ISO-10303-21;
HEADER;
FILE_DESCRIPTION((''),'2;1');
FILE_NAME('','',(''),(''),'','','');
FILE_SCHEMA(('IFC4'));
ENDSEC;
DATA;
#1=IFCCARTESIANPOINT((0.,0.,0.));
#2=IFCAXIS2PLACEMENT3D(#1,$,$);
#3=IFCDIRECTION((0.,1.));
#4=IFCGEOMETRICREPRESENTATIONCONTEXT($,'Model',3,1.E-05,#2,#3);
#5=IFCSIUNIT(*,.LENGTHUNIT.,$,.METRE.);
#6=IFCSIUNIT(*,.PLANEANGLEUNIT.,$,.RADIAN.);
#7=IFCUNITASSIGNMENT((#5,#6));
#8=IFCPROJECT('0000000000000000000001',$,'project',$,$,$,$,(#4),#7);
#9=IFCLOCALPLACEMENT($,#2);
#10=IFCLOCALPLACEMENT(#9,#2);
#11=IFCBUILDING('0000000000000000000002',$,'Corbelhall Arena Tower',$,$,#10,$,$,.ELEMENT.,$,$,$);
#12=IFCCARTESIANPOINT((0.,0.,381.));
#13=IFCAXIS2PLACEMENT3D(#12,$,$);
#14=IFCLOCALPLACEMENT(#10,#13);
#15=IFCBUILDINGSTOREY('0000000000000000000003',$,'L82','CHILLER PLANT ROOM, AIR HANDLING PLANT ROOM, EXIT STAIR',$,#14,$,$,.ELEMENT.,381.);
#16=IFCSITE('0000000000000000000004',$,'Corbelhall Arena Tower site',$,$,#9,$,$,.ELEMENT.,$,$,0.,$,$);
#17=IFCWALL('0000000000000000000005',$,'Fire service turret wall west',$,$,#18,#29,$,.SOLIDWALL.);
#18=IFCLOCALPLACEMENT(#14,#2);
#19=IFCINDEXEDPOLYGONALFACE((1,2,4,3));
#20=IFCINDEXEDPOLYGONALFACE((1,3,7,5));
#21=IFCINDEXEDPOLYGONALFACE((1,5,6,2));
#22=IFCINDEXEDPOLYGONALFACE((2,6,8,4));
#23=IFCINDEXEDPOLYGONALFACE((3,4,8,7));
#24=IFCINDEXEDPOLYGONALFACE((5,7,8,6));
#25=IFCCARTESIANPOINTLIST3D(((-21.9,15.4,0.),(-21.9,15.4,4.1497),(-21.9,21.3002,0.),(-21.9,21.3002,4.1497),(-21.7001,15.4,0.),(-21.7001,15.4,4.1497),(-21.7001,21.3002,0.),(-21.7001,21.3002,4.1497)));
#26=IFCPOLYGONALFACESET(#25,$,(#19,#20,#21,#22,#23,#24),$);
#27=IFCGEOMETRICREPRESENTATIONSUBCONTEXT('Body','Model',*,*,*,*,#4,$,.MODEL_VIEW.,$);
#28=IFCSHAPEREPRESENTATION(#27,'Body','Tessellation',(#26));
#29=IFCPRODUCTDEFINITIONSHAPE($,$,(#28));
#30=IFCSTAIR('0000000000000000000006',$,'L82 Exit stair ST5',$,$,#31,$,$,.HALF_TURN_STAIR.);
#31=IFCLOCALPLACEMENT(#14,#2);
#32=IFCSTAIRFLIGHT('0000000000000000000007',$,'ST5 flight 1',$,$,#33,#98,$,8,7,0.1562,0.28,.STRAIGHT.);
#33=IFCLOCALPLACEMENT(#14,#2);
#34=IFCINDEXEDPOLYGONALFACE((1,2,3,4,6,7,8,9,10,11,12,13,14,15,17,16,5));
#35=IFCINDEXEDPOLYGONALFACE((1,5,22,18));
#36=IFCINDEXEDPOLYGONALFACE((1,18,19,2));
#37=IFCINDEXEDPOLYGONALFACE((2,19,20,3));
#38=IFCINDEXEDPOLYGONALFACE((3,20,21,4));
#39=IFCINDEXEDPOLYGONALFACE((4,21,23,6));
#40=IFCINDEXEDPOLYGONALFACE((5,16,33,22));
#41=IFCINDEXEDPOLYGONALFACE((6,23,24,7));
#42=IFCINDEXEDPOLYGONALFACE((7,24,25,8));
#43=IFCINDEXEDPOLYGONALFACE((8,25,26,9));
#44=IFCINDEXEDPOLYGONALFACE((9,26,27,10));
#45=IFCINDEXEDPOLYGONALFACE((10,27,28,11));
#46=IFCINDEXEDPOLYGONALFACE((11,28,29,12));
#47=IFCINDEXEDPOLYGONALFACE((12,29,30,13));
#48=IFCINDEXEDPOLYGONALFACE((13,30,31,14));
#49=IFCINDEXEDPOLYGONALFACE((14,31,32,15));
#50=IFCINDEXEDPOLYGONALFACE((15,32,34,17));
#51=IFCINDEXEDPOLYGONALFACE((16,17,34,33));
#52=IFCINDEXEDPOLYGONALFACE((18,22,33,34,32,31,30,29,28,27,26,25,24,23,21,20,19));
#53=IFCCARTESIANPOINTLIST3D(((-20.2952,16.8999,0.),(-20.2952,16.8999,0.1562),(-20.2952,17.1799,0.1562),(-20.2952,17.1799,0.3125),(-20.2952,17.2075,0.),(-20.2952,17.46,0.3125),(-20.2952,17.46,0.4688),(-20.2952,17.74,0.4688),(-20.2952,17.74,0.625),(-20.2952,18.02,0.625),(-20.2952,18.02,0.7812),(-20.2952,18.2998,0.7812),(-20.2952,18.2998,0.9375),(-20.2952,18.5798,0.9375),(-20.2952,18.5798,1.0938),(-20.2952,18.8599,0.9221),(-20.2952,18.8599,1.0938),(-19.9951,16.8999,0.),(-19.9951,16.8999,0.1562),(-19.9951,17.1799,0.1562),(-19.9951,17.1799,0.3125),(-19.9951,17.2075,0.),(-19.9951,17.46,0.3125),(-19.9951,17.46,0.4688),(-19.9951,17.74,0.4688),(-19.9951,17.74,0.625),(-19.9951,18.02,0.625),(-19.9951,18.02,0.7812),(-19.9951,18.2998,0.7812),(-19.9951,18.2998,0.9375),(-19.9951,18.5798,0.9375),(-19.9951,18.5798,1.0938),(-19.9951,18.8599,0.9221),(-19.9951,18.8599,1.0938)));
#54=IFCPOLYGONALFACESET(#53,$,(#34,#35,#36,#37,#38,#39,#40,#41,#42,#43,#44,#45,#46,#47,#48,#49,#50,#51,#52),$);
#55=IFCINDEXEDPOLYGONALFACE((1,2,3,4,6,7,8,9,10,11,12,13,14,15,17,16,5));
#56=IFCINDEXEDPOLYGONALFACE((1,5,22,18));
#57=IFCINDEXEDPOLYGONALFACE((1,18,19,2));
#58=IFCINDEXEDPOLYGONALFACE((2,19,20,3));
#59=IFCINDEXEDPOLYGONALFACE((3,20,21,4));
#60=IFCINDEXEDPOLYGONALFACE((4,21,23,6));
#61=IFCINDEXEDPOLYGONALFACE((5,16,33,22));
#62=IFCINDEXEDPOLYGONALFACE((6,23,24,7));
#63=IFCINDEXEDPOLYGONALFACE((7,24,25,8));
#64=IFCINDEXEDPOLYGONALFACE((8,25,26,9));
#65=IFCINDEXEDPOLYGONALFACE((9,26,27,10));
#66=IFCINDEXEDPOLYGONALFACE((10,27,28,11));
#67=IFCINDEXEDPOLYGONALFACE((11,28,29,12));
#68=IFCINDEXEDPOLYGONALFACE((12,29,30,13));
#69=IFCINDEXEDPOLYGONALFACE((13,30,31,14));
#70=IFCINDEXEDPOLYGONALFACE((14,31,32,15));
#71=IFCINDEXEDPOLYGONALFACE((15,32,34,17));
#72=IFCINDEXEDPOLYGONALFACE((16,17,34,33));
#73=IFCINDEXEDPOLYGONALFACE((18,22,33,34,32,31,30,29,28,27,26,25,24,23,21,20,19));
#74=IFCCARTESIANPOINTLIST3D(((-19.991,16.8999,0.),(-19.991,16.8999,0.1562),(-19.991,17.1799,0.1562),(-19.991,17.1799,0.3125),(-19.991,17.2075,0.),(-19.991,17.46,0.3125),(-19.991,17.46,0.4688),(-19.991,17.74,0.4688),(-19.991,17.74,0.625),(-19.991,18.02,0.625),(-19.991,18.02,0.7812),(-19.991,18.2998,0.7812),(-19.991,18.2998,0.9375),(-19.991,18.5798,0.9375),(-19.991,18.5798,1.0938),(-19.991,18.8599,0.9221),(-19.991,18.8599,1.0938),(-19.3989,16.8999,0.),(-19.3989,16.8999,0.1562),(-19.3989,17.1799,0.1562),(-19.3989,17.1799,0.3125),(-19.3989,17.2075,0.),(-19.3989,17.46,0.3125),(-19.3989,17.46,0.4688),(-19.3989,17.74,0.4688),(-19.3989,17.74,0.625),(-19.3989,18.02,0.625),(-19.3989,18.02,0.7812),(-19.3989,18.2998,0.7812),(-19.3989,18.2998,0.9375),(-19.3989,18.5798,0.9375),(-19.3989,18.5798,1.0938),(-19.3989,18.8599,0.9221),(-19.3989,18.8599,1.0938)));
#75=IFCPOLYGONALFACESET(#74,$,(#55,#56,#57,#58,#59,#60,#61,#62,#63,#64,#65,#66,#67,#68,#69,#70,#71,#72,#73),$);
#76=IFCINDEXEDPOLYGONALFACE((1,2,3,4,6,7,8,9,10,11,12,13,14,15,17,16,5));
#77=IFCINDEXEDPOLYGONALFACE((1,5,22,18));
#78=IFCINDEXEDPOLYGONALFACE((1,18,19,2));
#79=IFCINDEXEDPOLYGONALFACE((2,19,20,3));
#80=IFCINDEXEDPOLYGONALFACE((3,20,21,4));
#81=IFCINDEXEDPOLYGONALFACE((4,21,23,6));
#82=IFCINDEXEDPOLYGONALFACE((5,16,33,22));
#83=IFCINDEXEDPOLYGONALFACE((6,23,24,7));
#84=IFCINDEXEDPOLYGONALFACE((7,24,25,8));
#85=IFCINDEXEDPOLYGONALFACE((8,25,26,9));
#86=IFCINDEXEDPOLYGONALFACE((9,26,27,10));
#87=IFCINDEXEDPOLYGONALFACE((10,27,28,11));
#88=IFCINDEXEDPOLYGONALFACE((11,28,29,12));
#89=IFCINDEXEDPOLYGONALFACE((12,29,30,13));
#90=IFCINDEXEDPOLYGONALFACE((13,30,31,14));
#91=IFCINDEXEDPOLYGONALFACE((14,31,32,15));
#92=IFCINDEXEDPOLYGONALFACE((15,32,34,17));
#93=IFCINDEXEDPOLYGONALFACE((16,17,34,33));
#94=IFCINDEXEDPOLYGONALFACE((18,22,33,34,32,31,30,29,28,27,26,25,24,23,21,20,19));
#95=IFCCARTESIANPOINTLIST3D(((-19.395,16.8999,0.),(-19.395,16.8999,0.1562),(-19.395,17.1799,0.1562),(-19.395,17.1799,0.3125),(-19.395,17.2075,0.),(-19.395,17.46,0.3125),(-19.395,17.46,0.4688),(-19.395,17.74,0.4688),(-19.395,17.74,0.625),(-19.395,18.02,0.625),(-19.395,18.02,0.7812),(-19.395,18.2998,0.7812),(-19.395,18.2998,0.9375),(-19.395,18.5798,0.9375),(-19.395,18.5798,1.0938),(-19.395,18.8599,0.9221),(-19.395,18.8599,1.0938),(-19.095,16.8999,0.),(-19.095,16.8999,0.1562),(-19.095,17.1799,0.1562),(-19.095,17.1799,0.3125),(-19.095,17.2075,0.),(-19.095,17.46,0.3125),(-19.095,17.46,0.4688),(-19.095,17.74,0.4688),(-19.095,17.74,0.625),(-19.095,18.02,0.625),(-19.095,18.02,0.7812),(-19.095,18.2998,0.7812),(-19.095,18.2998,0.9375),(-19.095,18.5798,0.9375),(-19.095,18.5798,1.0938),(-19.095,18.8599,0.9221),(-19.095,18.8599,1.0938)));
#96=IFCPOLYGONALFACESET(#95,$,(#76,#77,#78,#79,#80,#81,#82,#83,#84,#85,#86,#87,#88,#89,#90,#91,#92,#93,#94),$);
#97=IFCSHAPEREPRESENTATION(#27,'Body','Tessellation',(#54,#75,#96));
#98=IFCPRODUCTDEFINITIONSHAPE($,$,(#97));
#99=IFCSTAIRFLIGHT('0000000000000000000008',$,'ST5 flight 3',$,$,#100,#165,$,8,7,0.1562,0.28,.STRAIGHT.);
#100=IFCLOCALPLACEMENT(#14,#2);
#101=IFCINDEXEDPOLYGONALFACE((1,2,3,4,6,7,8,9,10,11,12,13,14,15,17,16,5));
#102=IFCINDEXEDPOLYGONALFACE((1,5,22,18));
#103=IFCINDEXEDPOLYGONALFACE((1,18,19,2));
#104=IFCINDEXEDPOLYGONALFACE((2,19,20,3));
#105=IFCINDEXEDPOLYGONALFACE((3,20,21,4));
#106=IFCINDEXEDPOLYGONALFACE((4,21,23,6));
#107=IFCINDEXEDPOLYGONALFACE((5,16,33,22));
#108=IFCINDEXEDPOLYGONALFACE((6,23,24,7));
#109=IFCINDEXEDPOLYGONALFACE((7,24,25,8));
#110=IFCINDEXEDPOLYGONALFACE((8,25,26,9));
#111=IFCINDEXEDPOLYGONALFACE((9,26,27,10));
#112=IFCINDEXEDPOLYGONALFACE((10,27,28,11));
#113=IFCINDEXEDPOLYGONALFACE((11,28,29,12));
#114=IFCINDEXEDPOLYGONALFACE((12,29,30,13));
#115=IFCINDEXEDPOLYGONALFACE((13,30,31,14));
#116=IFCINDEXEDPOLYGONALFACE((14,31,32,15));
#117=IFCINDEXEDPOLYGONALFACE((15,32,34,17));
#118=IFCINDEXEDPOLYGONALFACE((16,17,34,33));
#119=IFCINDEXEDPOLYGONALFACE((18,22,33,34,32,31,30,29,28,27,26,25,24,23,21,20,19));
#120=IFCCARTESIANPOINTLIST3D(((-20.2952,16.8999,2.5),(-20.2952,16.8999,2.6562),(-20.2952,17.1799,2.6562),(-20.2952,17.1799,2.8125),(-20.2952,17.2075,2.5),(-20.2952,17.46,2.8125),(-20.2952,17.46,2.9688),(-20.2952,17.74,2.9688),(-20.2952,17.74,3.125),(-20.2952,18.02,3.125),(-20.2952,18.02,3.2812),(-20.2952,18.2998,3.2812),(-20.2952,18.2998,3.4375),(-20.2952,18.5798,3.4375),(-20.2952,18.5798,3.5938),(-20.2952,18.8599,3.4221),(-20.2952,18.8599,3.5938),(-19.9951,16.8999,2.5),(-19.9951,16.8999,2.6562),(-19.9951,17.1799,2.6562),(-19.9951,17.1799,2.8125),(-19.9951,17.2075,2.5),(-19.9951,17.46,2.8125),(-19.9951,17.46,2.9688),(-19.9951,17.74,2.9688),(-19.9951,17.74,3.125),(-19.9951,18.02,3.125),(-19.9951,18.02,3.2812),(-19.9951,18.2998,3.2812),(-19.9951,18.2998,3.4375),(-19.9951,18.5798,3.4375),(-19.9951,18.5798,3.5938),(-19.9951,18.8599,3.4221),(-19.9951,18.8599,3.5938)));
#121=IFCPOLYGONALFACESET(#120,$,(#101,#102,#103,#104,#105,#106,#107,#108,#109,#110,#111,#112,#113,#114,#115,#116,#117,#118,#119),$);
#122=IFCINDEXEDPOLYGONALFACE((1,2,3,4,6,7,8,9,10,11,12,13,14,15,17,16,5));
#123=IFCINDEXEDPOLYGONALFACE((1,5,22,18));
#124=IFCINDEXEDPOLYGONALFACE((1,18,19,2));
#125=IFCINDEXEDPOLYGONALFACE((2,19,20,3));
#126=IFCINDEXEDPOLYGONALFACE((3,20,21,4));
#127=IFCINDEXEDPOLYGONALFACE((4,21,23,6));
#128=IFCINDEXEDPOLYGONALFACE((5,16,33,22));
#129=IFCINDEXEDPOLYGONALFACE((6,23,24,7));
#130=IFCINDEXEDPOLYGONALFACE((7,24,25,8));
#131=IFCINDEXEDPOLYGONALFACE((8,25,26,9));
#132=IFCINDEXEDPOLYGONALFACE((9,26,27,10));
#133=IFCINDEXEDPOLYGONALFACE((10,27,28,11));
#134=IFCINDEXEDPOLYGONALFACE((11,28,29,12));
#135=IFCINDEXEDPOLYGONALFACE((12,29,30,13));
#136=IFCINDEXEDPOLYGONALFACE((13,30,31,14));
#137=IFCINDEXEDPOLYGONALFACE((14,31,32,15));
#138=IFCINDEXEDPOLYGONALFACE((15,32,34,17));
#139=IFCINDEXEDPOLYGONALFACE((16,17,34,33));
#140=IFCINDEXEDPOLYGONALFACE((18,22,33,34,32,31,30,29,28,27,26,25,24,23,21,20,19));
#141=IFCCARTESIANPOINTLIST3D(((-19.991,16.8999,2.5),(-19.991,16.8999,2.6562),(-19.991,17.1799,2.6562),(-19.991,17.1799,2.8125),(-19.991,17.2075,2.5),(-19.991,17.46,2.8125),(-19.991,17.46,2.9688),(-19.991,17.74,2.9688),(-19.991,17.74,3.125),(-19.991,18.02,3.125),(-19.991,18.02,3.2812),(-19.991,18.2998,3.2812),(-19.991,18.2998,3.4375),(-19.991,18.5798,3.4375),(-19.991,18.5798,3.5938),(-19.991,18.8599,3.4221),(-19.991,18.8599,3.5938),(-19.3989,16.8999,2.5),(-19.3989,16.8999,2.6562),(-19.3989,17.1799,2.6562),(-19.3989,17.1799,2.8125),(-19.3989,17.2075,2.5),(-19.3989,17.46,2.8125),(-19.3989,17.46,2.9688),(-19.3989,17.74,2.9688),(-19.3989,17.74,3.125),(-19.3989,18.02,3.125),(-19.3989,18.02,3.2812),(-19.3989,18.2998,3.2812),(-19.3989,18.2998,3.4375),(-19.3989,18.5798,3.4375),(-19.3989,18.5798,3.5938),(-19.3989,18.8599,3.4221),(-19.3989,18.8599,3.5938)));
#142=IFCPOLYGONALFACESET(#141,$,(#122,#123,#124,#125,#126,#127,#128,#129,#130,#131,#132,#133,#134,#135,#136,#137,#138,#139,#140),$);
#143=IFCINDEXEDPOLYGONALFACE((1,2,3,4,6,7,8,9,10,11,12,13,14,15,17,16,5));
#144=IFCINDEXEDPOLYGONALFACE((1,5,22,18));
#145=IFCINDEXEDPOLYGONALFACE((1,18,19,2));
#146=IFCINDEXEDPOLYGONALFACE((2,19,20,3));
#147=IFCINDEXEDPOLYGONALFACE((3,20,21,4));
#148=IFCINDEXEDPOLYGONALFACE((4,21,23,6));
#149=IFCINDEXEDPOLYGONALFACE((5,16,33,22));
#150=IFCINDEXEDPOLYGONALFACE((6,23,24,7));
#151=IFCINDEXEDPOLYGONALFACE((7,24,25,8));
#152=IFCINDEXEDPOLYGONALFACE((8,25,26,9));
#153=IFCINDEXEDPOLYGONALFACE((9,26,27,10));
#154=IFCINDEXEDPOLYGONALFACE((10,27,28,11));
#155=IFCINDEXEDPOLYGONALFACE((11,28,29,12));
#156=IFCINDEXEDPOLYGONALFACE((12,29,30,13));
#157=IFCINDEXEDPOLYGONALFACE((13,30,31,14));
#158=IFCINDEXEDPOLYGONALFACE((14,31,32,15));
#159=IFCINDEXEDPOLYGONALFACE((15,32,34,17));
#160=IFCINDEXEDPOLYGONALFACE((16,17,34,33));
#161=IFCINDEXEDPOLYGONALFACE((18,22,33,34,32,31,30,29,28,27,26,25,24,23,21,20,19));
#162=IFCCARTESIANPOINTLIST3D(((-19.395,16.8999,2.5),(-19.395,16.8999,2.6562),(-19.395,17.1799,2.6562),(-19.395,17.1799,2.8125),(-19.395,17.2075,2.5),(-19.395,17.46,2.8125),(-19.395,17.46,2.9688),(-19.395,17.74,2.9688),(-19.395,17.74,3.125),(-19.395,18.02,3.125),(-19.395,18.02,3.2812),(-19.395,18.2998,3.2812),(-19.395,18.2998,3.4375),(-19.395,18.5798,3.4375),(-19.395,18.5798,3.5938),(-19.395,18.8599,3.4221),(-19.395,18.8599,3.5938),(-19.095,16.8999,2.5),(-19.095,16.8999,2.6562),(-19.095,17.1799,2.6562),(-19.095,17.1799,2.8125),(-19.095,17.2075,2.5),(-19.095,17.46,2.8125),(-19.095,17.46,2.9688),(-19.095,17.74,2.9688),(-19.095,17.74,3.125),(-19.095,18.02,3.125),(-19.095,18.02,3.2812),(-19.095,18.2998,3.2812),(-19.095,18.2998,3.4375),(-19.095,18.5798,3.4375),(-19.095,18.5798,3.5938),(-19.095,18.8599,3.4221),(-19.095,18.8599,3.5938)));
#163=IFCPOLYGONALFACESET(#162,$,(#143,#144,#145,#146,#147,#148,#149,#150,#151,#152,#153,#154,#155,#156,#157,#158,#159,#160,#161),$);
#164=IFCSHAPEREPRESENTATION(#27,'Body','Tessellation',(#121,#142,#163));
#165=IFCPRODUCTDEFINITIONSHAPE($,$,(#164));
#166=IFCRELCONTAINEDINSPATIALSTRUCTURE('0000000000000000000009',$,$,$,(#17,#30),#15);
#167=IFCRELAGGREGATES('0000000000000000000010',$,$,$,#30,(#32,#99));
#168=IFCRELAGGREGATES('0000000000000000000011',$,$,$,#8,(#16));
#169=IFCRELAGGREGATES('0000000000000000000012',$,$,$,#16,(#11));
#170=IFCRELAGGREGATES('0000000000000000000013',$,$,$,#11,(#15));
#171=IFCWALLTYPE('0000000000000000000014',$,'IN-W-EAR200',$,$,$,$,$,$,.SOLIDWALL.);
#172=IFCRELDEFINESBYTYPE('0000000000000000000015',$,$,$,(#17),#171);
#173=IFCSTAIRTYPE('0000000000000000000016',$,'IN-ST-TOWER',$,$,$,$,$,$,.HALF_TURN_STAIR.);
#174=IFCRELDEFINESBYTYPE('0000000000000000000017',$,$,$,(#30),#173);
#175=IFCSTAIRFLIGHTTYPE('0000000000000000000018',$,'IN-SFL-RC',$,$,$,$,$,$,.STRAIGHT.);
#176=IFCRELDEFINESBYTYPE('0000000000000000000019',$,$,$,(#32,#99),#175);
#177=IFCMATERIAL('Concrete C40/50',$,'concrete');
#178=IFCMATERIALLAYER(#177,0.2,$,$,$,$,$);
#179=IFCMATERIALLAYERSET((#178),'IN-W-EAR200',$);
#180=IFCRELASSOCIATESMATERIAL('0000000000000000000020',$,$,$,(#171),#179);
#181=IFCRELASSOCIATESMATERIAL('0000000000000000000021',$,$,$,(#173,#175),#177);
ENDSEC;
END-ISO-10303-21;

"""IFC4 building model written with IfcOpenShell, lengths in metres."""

from ifc_helpers import new_model, si_unit, direction, frame, frame_2d, origin, place, context, subcontext, project, spatial, polyline, rectangle, outline, extrude, material, layer, layer_set, type_object, element, aggregate, save


model = new_model("IFC4")

# Units and contexts
model_context = context("Model", 3, precision=1e-05, world=origin(), true_north=direction((0.0, 1.0)))
body_context = subcontext(model_context, "Body", "Model", "MODEL_VIEW")
ifc_project = project(units=[si_unit("LENGTHUNIT", "METRE"), si_unit("PLANEANGLEUNIT", "RADIAN")], contexts=[model_context])

# Site, building, storey
site_placement = place(None, origin())
site = spatial("IfcSite", under=ifc_project, at=site_placement, Name="Corbelhall Arena Tower site", CompositionType="ELEMENT", RefElevation=0.0)
building_placement = place(site_placement, origin())
building = spatial("IfcBuilding", under=site, at=building_placement, Name="Corbelhall Arena Tower", CompositionType="ELEMENT")
storey_placement = place(building_placement, frame((0.0, 0.0, 381.0)))
storey = spatial("IfcBuildingStorey", under=building, at=storey_placement, Name="L82", Description="CHILLER PLANT ROOM, AIR HANDLING PLANT ROOM, EXIT STAIR", CompositionType="ELEMENT", Elevation=381.0)

# Shared definitions
ifc_material_1 = material(Name="Concrete C40/50", Category="concrete")
ifc_layer_1 = layer(ifc_material_1, 0.2)
ifc_layer_set_1 = layer_set([ifc_layer_1], Name="IN-W-EAR200")
wall_type_1 = type_object("IfcWallType", Name="IN-W-EAR200", PredefinedType="SOLIDWALL", material=ifc_layer_set_1)

# Wall
wall_1_placement = place(storey_placement, frame((-21.8, 15.3999, 0.0), z_axis=(0.0, 0.0, 1.0), x_axis=(0.0, 1.0, 0.0)))
element("IfcWall", 1, at=wall_1_placement, inside=storey, type_object=wall_type_1, Name="Fire service turret wall west", PredefinedType="SOLIDWALL", context=body_context, shape_type="SweptSolid", body=[
    extrude(rectangle(XDim=5.9001, YDim=0.2, at=frame_2d((2.9502, 0.0))), origin(), (0.0, 0.0, 1.0), 4.1497),
])

# Stair, stair flights
stair_type = type_object("IfcStairType", Name="IN-ST-TOWER", PredefinedType="HALF_TURN_STAIR", material=ifc_material_1)
stair_placement = place(storey_placement, origin())
stair = element("IfcStair", 2, at=stair_placement, inside=storey, type_object=stair_type, Name="L82 Exit stair ST5", PredefinedType="HALF_TURN_STAIR")
stair_flight_type = type_object("IfcStairFlightType", Name="IN-SFL-RC", PredefinedType="STRAIGHT", material=ifc_material_1)
stair_flight_1_placement = place(storey_placement, frame((-19.6951, 16.8999, 0.0), z_axis=(0.0, 0.0, 1.0), x_axis=(0.0, 1.0, 0.0)))
stair_flight_1 = element("IfcStairFlight", 3, at=stair_flight_1_placement, type_object=stair_flight_type, Name="ST5 flight 1", NumberOfRisers=8, NumberOfTreads=7, PredefinedType="STRAIGHT", RiserHeight=0.1562, TreadLength=0.28, context=body_context, shape_type="SweptSolid", body=[
    extrude(outline(polyline([(0.0, 0.0), (0.0, 0.1562), (0.28, 0.1562), (0.28, 0.3125), (0.5601, 0.3125), (0.5601, 0.4688), (0.8401, 0.4688), (0.8401, 0.625), (1.1201, 0.625), (1.1201, 0.7812), (1.3999, 0.7812), (1.3999, 0.9375), (1.6799, 0.9375), (1.6799, 1.0938), (1.96, 1.0938), (1.96, 1.25), (1.96, 0.9221), (0.3076, 0.0), (0.0, 0.0)])), frame((0.0, 0.6001, 0.0), z_axis=(0.0, -1.0, 0.0), x_axis=(1.0, 0.0, 0.0)), (0.0, 0.0, 1.0), 0.3),
    extrude(outline(polyline([(0.0, 0.0), (0.0, 0.1562), (0.28, 0.1562), (0.28, 0.3125), (0.5601, 0.3125), (0.5601, 0.4688), (0.8401, 0.4688), (0.8401, 0.625), (1.1201, 0.625), (1.1201, 0.7812), (1.3999, 0.7812), (1.3999, 0.9375), (1.6799, 0.9375), (1.6799, 1.0938), (1.96, 1.0938), (1.96, 1.25), (1.96, 0.9221), (0.3076, 0.0), (0.0, 0.0)])), frame((0.0, 0.2959, 0.0), z_axis=(0.0, -1.0, 0.0), x_axis=(1.0, 0.0, 0.0)), (0.0, 0.0, 1.0), 0.592),
    extrude(outline(polyline([(0.0, 0.0), (0.0, 0.1562), (0.28, 0.1562), (0.28, 0.3125), (0.5601, 0.3125), (0.5601, 0.4688), (0.8401, 0.4688), (0.8401, 0.625), (1.1201, 0.625), (1.1201, 0.7812), (1.3999, 0.7812), (1.3999, 0.9375), (1.6799, 0.9375), (1.6799, 1.0938), (1.96, 1.0938), (1.96, 1.25), (1.96, 0.9221), (0.3076, 0.0), (0.0, 0.0)])), frame((0.0, -0.3, 0.0), z_axis=(0.0, -1.0, 0.0), x_axis=(1.0, 0.0, 0.0)), (0.0, 0.0, 1.0), 0.3),
])
stair_flight_2_placement = place(storey_placement, frame((-19.6951, 16.8999, 2.5), z_axis=(0.0, 0.0, 1.0), x_axis=(0.0, 1.0, 0.0)))
stair_flight_2 = element("IfcStairFlight", 4, at=stair_flight_2_placement, type_object=stair_flight_type, Name="ST5 flight 3", NumberOfRisers=8, NumberOfTreads=7, PredefinedType="STRAIGHT", RiserHeight=0.1562, TreadLength=0.28, context=body_context, shape_type="SweptSolid", body=[
    extrude(outline(polyline([(0.0, 0.0), (0.0, 0.1562), (0.28, 0.1562), (0.28, 0.3125), (0.5601, 0.3125), (0.5601, 0.4688), (0.8401, 0.4688), (0.8401, 0.625), (1.1201, 0.625), (1.1201, 0.7812), (1.3999, 0.7812), (1.3999, 0.9375), (1.6799, 0.9375), (1.6799, 1.0938), (1.96, 1.0938), (1.96, 1.25), (1.96, 0.9221), (0.3076, 0.0), (0.0, 0.0)])), frame((0.0, 0.6001, 0.0), z_axis=(0.0, -1.0, 0.0), x_axis=(1.0, 0.0, 0.0)), (0.0, 0.0, 1.0), 0.3),
    extrude(outline(polyline([(0.0, 0.0), (0.0, 0.1562), (0.28, 0.1562), (0.28, 0.3125), (0.5601, 0.3125), (0.5601, 0.4688), (0.8401, 0.4688), (0.8401, 0.625), (1.1201, 0.625), (1.1201, 0.7812), (1.3999, 0.7812), (1.3999, 0.9375), (1.6799, 0.9375), (1.6799, 1.0938), (1.96, 1.0938), (1.96, 1.25), (1.96, 0.9221), (0.3076, 0.0), (0.0, 0.0)])), frame((0.0, 0.2959, 0.0), z_axis=(0.0, -1.0, 0.0), x_axis=(1.0, 0.0, 0.0)), (0.0, 0.0, 1.0), 0.592),
    extrude(outline(polyline([(0.0, 0.0), (0.0, 0.1562), (0.28, 0.1562), (0.28, 0.3125), (0.5601, 0.3125), (0.5601, 0.4688), (0.8401, 0.4688), (0.8401, 0.625), (1.1201, 0.625), (1.1201, 0.7812), (1.3999, 0.7812), (1.3999, 0.9375), (1.6799, 0.9375), (1.6799, 1.0938), (1.96, 1.0938), (1.96, 1.25), (1.96, 0.9221), (0.3076, 0.0), (0.0, 0.0)])), frame((0.0, -0.3, 0.0), z_axis=(0.0, -1.0, 0.0), x_axis=(1.0, 0.0, 0.0)), (0.0, 0.0, 1.0), 0.3),
])
aggregate(stair, [stair_flight_1, stair_flight_2])

save(model, "model.ifc")
